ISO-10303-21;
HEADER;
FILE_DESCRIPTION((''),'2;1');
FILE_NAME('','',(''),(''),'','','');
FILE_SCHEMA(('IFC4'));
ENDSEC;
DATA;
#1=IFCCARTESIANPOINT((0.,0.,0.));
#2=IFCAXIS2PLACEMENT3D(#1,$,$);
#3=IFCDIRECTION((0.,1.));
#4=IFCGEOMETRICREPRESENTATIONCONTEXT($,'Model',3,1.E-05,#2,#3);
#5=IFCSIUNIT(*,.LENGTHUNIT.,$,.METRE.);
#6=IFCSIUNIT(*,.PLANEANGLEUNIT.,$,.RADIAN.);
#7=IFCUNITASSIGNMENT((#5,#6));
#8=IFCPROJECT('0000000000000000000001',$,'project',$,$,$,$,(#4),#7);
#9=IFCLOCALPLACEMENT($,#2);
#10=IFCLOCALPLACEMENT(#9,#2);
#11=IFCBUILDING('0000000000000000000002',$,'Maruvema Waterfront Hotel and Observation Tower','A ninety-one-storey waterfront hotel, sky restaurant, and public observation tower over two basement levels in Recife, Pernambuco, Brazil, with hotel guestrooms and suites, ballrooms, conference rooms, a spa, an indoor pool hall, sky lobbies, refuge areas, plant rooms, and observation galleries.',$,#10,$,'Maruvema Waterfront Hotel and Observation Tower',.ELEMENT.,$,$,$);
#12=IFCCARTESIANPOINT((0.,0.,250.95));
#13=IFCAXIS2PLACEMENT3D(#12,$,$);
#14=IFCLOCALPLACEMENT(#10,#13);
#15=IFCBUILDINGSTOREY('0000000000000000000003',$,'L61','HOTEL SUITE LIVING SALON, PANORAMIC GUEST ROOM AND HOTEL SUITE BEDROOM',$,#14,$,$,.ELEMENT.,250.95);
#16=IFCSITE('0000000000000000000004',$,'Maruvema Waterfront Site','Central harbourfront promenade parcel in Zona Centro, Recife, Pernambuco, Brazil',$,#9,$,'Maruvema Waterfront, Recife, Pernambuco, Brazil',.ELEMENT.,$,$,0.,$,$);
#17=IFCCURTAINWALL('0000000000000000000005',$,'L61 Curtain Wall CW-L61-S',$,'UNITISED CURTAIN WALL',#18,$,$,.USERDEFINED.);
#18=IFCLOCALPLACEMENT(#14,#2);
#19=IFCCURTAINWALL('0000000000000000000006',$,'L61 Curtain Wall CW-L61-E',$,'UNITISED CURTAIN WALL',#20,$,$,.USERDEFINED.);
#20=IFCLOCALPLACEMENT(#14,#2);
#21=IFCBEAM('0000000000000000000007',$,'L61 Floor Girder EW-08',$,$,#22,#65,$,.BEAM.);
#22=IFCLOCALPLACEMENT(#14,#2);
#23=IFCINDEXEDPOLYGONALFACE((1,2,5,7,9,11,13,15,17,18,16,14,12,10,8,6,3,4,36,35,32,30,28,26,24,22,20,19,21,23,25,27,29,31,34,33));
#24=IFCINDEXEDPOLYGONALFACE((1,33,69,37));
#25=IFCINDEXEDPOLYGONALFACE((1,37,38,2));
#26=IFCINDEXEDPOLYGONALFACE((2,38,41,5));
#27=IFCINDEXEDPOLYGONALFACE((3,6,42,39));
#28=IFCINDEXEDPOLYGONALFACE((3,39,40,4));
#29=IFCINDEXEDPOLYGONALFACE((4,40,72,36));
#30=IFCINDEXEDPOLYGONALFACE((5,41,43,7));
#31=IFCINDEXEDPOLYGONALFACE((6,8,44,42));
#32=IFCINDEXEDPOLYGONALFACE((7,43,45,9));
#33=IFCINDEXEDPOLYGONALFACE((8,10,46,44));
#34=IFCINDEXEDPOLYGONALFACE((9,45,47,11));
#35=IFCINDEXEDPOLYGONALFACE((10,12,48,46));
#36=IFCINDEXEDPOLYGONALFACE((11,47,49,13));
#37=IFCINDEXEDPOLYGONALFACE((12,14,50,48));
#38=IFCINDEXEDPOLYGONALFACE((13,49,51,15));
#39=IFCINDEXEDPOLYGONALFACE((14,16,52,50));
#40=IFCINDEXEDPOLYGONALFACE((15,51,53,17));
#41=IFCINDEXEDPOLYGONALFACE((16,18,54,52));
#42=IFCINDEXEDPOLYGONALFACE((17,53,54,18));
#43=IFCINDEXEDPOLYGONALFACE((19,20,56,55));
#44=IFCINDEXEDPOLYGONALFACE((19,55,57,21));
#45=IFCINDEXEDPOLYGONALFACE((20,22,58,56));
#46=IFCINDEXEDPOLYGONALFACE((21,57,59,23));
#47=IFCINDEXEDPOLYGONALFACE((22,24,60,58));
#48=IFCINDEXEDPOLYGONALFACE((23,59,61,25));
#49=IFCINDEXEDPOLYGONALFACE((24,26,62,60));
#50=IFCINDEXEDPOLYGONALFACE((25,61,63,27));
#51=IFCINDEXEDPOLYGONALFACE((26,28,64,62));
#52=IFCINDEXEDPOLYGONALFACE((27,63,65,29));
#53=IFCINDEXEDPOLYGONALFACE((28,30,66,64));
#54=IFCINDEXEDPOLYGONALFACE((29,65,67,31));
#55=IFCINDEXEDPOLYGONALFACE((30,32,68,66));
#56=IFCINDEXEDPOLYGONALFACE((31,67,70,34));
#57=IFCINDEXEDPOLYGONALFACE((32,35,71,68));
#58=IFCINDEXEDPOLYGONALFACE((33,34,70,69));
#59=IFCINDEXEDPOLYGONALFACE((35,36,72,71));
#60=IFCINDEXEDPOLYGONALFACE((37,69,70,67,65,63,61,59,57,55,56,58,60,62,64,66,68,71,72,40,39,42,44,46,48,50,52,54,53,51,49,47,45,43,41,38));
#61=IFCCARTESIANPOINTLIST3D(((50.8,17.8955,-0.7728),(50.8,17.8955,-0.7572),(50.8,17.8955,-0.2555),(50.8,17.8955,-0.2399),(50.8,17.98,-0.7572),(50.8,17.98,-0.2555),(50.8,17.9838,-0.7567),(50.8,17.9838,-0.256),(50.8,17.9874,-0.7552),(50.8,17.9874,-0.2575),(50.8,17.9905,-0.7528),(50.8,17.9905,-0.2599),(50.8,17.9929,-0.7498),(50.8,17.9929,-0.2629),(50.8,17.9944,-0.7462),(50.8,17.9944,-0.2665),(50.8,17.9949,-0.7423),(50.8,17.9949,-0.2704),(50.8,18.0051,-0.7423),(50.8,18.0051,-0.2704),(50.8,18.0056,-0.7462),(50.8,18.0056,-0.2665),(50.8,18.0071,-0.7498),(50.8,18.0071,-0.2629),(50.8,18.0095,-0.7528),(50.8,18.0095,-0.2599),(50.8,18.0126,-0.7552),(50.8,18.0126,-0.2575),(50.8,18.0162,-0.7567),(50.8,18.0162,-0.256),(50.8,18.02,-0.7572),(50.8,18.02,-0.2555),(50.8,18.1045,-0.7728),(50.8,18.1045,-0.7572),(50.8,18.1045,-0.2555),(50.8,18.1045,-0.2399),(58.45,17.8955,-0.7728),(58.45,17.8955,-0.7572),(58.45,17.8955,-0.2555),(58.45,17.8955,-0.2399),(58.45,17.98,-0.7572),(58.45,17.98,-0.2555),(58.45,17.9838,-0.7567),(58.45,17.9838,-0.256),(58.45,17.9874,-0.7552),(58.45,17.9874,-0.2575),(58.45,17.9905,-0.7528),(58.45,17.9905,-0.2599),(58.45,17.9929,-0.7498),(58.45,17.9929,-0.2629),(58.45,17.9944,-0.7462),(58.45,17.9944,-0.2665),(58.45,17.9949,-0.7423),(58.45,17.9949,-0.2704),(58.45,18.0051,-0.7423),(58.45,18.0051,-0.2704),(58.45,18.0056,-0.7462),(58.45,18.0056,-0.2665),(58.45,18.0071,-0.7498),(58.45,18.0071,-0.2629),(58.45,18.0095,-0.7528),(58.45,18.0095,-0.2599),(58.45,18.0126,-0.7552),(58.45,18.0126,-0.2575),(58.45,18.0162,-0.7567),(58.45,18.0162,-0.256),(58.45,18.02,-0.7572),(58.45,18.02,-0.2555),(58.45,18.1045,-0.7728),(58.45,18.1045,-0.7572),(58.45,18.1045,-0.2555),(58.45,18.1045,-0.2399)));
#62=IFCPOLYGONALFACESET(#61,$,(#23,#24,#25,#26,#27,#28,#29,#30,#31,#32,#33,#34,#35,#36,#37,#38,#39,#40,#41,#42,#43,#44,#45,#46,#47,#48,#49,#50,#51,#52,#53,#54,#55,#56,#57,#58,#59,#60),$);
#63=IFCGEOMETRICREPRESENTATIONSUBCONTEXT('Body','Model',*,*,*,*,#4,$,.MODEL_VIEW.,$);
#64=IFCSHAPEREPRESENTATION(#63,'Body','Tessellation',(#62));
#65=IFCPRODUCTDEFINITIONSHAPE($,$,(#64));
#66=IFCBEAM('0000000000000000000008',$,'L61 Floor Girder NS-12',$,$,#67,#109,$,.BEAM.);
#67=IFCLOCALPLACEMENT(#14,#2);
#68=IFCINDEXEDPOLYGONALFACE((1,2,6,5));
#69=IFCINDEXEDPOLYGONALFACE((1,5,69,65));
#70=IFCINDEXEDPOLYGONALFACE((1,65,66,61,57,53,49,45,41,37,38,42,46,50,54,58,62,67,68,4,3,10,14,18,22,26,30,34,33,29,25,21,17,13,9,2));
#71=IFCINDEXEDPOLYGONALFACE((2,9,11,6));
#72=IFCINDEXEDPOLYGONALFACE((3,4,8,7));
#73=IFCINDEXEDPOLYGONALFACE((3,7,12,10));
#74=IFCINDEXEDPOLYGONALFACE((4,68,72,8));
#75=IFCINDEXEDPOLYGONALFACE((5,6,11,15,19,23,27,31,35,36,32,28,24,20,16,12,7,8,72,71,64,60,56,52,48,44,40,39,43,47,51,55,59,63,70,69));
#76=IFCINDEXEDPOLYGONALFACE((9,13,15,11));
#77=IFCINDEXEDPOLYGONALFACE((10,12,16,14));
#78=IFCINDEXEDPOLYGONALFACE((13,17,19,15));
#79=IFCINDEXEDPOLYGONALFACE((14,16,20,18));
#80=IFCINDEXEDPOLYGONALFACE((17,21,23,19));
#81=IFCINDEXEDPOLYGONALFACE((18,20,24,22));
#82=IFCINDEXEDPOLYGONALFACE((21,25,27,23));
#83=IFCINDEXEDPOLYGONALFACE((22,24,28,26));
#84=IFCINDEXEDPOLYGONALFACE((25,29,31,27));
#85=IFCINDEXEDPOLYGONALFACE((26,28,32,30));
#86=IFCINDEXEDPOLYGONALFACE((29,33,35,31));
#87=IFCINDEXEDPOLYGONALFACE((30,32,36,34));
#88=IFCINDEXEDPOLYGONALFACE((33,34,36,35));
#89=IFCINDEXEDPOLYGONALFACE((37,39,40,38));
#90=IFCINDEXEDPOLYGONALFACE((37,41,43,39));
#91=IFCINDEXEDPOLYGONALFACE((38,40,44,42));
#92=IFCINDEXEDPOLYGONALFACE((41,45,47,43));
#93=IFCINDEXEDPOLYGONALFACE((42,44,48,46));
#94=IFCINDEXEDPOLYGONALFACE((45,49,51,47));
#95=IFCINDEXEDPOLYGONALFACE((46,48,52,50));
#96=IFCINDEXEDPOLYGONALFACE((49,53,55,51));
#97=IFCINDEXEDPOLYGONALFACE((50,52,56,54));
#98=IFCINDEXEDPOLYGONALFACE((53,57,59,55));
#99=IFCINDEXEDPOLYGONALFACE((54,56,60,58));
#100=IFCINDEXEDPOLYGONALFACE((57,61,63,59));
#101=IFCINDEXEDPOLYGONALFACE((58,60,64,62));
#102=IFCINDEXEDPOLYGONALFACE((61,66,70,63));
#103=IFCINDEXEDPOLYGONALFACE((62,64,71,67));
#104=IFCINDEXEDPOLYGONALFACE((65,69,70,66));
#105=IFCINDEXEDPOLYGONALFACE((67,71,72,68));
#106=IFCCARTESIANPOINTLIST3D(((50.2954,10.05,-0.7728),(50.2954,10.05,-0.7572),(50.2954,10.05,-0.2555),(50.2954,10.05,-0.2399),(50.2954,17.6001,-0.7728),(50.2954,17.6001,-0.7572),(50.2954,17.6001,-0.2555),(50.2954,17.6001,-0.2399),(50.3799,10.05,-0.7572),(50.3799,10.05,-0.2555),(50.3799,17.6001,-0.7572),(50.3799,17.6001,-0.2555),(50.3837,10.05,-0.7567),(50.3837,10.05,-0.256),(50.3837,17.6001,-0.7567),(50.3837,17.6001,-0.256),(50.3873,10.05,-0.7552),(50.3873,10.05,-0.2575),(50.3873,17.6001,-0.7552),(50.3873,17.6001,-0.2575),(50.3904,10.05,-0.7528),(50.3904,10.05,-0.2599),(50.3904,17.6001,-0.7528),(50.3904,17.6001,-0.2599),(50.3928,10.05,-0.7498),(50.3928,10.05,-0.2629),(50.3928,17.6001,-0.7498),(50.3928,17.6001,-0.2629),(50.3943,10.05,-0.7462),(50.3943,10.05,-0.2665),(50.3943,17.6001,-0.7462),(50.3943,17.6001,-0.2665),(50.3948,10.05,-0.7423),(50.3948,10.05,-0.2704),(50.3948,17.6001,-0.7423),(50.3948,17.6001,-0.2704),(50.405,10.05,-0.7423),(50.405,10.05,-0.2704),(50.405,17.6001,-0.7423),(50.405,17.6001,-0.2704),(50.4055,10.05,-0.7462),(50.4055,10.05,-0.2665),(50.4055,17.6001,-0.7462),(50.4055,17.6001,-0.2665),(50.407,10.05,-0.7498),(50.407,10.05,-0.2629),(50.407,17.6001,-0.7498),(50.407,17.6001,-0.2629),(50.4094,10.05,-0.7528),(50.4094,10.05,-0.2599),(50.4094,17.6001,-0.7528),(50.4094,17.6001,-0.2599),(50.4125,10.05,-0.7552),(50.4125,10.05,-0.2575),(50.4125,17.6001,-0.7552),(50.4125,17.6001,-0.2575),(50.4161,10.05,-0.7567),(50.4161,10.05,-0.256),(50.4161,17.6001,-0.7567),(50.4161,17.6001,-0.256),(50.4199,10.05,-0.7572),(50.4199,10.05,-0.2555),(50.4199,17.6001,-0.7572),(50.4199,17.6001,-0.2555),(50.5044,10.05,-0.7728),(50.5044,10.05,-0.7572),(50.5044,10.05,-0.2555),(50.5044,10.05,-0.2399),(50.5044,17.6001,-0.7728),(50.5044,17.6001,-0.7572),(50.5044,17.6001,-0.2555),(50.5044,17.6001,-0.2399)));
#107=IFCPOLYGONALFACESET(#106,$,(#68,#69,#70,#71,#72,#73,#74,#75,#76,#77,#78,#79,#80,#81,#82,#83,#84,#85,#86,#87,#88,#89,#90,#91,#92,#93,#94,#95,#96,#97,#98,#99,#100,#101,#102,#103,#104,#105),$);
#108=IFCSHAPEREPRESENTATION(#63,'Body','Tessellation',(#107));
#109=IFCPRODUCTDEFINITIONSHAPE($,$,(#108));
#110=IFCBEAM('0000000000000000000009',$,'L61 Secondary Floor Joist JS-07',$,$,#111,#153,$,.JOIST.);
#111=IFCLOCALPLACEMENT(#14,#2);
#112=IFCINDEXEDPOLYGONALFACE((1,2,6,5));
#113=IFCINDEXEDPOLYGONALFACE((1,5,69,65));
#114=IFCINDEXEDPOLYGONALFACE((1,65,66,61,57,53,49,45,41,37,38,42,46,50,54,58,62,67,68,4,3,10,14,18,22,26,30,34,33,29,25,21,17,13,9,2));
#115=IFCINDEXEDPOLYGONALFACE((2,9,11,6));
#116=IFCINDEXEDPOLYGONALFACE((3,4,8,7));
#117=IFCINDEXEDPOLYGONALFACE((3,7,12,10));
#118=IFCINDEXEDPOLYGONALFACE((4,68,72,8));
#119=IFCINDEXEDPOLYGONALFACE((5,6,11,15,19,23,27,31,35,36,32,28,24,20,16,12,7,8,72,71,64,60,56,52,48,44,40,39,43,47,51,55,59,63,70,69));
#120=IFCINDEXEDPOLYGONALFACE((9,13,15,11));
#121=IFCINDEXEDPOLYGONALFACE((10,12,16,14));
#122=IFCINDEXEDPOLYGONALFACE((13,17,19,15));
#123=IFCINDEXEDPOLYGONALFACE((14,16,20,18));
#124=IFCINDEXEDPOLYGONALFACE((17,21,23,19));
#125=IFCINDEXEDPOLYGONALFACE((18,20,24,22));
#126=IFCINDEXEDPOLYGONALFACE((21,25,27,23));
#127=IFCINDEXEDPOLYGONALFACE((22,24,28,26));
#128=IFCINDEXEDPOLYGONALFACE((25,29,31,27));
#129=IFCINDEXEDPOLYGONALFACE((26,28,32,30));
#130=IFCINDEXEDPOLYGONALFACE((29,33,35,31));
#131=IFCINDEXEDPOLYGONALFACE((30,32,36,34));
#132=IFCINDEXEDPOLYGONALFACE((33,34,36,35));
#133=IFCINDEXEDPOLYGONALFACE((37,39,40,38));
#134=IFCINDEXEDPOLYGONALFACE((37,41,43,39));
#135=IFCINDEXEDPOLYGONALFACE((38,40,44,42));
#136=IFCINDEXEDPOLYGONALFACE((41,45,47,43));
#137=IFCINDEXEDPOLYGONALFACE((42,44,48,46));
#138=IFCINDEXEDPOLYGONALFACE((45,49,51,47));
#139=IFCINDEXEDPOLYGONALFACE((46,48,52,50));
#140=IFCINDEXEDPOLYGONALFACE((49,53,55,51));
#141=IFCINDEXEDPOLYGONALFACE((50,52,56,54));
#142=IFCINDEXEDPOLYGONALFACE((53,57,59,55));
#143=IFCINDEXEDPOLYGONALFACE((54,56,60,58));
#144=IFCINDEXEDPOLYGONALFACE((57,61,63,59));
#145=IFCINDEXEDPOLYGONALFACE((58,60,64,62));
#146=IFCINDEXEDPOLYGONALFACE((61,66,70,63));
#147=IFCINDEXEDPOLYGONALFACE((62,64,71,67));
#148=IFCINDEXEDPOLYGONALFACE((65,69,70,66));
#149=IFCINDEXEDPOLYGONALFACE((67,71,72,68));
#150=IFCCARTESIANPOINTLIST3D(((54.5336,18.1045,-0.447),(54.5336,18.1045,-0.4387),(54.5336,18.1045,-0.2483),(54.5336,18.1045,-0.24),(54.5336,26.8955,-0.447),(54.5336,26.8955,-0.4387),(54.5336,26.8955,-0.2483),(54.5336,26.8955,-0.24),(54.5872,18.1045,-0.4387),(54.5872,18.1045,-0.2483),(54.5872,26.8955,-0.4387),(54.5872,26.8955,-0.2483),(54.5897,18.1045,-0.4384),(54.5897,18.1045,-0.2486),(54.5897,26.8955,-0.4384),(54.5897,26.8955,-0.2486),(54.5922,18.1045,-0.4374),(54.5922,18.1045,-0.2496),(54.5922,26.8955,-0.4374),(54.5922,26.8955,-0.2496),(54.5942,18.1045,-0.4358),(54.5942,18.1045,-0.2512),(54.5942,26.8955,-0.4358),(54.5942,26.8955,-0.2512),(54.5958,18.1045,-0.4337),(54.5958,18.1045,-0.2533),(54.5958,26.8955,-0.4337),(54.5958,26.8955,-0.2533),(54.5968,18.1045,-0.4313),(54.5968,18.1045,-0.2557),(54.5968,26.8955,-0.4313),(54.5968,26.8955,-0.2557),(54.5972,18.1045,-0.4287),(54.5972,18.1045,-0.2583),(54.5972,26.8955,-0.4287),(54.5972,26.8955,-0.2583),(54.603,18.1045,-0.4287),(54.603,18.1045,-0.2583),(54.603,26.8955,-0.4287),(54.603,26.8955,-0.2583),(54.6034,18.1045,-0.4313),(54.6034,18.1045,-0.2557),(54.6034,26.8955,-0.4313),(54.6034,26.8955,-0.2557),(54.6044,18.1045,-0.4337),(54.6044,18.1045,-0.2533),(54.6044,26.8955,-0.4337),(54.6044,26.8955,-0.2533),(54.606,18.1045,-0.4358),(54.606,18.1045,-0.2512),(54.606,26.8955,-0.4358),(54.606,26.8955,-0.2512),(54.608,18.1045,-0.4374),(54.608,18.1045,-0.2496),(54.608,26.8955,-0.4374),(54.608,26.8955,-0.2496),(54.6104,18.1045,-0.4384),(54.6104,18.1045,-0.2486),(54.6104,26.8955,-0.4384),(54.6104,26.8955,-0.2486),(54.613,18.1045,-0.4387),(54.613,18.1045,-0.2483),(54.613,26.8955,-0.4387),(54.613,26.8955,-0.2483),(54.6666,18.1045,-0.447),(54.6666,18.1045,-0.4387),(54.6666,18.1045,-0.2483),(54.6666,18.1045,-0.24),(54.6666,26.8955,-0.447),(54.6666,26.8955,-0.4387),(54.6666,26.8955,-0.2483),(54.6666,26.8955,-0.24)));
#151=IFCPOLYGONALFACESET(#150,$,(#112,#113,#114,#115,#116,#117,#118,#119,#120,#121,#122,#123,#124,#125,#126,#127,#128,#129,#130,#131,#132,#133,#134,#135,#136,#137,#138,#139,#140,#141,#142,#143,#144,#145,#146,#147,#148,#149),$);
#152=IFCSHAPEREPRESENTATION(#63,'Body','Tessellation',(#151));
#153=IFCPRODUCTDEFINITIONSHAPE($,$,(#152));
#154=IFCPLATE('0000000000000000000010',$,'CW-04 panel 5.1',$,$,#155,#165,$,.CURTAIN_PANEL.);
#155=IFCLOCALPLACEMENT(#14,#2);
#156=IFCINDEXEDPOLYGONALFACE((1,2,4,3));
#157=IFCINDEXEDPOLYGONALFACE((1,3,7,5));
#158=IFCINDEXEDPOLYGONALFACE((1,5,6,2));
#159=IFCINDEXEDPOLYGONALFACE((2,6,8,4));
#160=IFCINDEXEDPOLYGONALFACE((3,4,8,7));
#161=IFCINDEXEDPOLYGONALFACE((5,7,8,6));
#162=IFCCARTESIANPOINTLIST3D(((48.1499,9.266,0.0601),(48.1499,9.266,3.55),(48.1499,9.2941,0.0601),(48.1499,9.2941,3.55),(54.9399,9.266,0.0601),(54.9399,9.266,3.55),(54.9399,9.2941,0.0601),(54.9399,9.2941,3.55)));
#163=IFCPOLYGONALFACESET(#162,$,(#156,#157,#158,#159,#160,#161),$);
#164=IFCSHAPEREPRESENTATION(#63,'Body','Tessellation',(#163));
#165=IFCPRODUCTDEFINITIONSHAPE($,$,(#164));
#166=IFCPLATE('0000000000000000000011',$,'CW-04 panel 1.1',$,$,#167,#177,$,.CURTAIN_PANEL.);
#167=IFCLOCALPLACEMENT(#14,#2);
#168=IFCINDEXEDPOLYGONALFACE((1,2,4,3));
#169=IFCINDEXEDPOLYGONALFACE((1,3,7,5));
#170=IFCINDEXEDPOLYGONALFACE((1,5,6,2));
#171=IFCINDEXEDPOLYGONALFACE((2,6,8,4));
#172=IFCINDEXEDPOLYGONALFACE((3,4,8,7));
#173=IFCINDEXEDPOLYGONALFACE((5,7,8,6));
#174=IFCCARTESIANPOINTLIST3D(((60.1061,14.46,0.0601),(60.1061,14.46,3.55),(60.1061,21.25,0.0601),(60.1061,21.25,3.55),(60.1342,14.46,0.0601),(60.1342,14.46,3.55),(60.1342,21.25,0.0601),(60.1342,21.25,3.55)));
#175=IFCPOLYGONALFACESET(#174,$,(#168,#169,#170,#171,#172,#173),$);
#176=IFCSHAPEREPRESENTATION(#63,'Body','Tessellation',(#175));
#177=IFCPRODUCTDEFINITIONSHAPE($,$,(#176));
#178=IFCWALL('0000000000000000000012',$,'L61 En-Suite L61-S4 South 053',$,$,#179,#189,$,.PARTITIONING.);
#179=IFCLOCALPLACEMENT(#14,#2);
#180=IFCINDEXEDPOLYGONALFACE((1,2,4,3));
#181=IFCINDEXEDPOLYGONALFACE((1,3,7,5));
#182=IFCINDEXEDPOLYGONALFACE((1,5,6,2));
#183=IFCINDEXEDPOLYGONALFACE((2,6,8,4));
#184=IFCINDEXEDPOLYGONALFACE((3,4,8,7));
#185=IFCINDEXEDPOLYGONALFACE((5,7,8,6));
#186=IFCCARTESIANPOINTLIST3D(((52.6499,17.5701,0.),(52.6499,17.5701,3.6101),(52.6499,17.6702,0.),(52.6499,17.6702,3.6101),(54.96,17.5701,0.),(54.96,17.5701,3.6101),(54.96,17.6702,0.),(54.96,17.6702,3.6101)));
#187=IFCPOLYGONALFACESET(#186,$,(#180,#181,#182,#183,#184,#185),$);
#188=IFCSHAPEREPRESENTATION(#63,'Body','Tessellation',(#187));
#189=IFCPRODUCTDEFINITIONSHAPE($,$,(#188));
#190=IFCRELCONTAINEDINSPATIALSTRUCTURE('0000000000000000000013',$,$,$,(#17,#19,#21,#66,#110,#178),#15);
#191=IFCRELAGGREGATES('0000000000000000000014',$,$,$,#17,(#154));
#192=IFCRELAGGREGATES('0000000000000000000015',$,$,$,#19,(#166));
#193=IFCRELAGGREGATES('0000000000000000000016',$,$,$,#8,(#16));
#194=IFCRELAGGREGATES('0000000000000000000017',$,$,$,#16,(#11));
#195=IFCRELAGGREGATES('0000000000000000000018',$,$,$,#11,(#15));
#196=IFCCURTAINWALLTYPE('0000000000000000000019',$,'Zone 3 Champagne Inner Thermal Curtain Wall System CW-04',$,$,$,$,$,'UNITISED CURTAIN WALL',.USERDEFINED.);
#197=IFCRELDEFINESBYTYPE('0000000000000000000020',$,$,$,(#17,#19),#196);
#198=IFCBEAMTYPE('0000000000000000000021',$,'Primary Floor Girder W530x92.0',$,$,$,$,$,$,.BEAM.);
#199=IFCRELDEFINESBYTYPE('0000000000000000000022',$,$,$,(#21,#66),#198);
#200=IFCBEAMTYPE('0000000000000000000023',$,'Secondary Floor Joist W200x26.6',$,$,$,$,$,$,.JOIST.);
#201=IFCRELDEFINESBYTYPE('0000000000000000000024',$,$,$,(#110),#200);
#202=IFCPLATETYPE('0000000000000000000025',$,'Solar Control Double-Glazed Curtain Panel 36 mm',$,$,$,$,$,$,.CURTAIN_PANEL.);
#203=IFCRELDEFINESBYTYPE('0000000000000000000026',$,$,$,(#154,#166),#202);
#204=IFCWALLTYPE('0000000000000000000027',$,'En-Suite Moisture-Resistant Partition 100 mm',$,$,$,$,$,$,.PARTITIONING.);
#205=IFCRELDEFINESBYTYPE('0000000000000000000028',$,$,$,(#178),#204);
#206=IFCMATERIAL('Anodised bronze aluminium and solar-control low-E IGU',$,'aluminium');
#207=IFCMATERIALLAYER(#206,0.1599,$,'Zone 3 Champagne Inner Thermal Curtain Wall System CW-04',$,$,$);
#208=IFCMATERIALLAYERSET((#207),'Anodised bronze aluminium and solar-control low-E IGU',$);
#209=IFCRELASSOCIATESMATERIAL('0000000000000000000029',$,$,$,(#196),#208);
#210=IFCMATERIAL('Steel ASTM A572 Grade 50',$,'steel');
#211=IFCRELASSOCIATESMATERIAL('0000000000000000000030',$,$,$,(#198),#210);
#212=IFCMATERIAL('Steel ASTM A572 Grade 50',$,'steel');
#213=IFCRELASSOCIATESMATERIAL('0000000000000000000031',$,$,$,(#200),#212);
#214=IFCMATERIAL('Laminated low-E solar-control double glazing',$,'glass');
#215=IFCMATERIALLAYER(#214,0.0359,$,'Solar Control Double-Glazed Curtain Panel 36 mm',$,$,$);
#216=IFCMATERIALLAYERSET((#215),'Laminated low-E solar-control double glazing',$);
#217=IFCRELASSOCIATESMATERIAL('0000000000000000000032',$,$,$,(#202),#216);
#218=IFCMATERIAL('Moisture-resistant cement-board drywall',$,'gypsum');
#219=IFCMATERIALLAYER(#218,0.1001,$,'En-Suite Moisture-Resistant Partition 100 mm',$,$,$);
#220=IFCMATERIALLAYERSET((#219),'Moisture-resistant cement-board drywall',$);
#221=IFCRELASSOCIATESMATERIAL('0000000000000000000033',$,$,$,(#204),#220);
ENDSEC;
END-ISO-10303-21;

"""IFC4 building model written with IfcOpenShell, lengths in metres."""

from ifc_helpers import new_model, si_unit, direction, frame, frame_2d, origin, origin_2d, place, context, subcontext, project, spatial, rectangle, i_section, extrude, material, layer, layer_set, material_profile, profile_set, type_object, element, aggregate, save


model = new_model("IFC4")

# Units and contexts
model_context = context("Model", 3, precision=1e-05, world=origin(), true_north=direction((0.0, 1.0)))
body_context = subcontext(model_context, "Body", "Model", "MODEL_VIEW")
ifc_project = project(units=[si_unit("LENGTHUNIT", "METRE"), si_unit("PLANEANGLEUNIT", "RADIAN")], contexts=[model_context])

# Site, building, storey
site_placement = place(None, origin())
site = spatial("IfcSite", under=ifc_project, at=site_placement, Name="Maruvema Waterfront Site", Description="Central harbourfront promenade parcel in Zona Centro, Recife, Pernambuco, Brazil", LongName="Maruvema Waterfront, Recife, Pernambuco, Brazil", CompositionType="ELEMENT", RefElevation=0.0)
building_placement = place(site_placement, origin())
building = spatial("IfcBuilding", under=site, at=building_placement, Name="Maruvema Waterfront Hotel and Observation Tower", Description="A ninety-one-storey waterfront hotel, sky restaurant, and public observation tower over two basement levels in Recife, Pernambuco, Brazil, with hotel guestrooms and suites, ballrooms, conference rooms, a spa, an indoor pool hall, sky lobbies, refuge areas, plant rooms, and observation galleries.", LongName="Maruvema Waterfront Hotel and Observation Tower", CompositionType="ELEMENT")
storey_placement = place(building_placement, frame((0.0, 0.0, 250.95)))
storey = spatial("IfcBuildingStorey", under=building, at=storey_placement, Name="L61", Description="HOTEL SUITE LIVING SALON, PANORAMIC GUEST ROOM AND HOTEL SUITE BEDROOM", CompositionType="ELEMENT", Elevation=250.95)

# Curtain walls
ifc_material_1 = material(Name="Anodised bronze aluminium and solar-control low-E IGU", Category="aluminium")
ifc_layer_1 = layer(ifc_material_1, 0.1599, Name="Zone 3 Champagne Inner Thermal Curtain Wall System CW-04")
ifc_layer_set_1 = layer_set([ifc_layer_1], Name="Anodised bronze aluminium and solar-control low-E IGU")
curtain_wall_type = type_object("IfcCurtainWallType", Name="Zone 3 Champagne Inner Thermal Curtain Wall System CW-04", ElementType="UNITISED CURTAIN WALL", PredefinedType="USERDEFINED", material=ifc_layer_set_1)
curtain_wall_1_placement = place(storey_placement, origin())
curtain_wall_1 = element("IfcCurtainWall", 1, at=curtain_wall_1_placement, inside=storey, type_object=curtain_wall_type, Name="L61 Curtain Wall CW-L61-S", ObjectType="UNITISED CURTAIN WALL", PredefinedType="USERDEFINED")
curtain_wall_2_placement = place(storey_placement, origin())
curtain_wall_2 = element("IfcCurtainWall", 2, at=curtain_wall_2_placement, inside=storey, type_object=curtain_wall_type, Name="L61 Curtain Wall CW-L61-E", ObjectType="UNITISED CURTAIN WALL", PredefinedType="USERDEFINED")

# Beams
ifc_material_2 = material(Name="Steel ASTM A572 Grade 50", Category="steel")
ifc_material_profile_1 = material_profile(ifc_material_2, i_section(OverallWidth=0.209, OverallDepth=0.533, WebThickness=0.0103, FlangeThickness=0.0156, FilletRadius=0.0149, at=origin_2d()), Name="W530x92.0")
ifc_profile_set_1 = profile_set([ifc_material_profile_1], Name="Steel ASTM A572 Grade 50")
beam_type_1 = type_object("IfcBeamType", Name="Primary Floor Girder W530x92.0", PredefinedType="BEAM", material=ifc_profile_set_1)
beam_1_placement = place(storey_placement, frame((50.8, 18.0, -0.5063), z_axis=(1.0, 0.0, 0.0), x_axis=(0.0, 1.0, 0.0)))
element("IfcBeam", 3, at=beam_1_placement, inside=storey, type_object=beam_type_1, Name="L61 Floor Girder EW-08", PredefinedType="BEAM", context=body_context, shape_type="SweptSolid", body=[
    extrude(i_section(OverallWidth=0.209, OverallDepth=0.533, WebThickness=0.0103, FlangeThickness=0.0156, FilletRadius=0.0149, at=origin_2d()), origin(), (0.0, 0.0, 1.0), 7.6499),
])
beam_2_placement = place(storey_placement, frame((50.3999, 10.05, -0.5063), z_axis=(0.0, 1.0, 0.0), x_axis=(-1.0, 0.0, 0.0)))
element("IfcBeam", 4, at=beam_2_placement, inside=storey, type_object=beam_type_1, Name="L61 Floor Girder NS-12", PredefinedType="BEAM", context=body_context, shape_type="SweptSolid", body=[
    extrude(i_section(OverallWidth=0.209, OverallDepth=0.533, WebThickness=0.0103, FlangeThickness=0.0156, FilletRadius=0.0149, at=origin_2d()), origin(), (0.0, 0.0, 1.0), 7.55),
])
ifc_material_3 = material(Name="Steel ASTM A572 Grade 50", Category="steel")
ifc_material_profile_2 = material_profile(ifc_material_3, i_section(OverallWidth=0.1331, OverallDepth=0.207, WebThickness=0.0059, FlangeThickness=0.0083, FilletRadius=0.01, at=origin_2d()), Name="W200x26.6")
ifc_profile_set_2 = profile_set([ifc_material_profile_2], Name="Steel ASTM A572 Grade 50")
beam_type_2 = type_object("IfcBeamType", Name="Secondary Floor Joist W200x26.6", PredefinedType="JOIST", material=ifc_profile_set_2)
beam_3_placement = place(storey_placement, frame((54.6001, 18.1045, -0.3435), z_axis=(0.0, 1.0, 0.0), x_axis=(-1.0, 0.0, 0.0)))
element("IfcBeam", 5, at=beam_3_placement, inside=storey, type_object=beam_type_2, Name="L61 Secondary Floor Joist JS-07", PredefinedType="JOIST", context=body_context, shape_type="SweptSolid", body=[
    extrude(i_section(OverallWidth=0.1331, OverallDepth=0.207, WebThickness=0.0059, FlangeThickness=0.0083, FilletRadius=0.01, at=origin_2d()), origin(), (0.0, 0.0, 1.0), 8.791),
])

# Plates
ifc_material_4 = material(Name="Laminated low-E solar-control double glazing", Category="glass")
ifc_layer_2 = layer(ifc_material_4, 0.0359, Name="Solar Control Double-Glazed Curtain Panel 36 mm")
ifc_layer_set_2 = layer_set([ifc_layer_2], Name="Laminated low-E solar-control double glazing")
plate_type = type_object("IfcPlateType", Name="Solar Control Double-Glazed Curtain Panel 36 mm", PredefinedType="CURTAIN_PANEL", material=ifc_layer_set_2)
plate_1_placement = place(storey_placement, frame((51.5449, 9.28, 0.0601), z_axis=(0.0, 0.0, 1.0), x_axis=(1.0, 0.0, 0.0)))
plate_1 = element("IfcPlate", 6, at=plate_1_placement, type_object=plate_type, Name="CW-04 panel 5.1", PredefinedType="CURTAIN_PANEL", context=body_context, shape_type="SweptSolid", body=[
    extrude(rectangle(XDim=6.79, YDim=0.0281, at=origin_2d()), origin(), (0.0, 0.0, 1.0), 3.49),
])
aggregate(curtain_wall_1, [plate_1])
plate_2_placement = place(storey_placement, frame((60.1201, 17.855, 0.0601), z_axis=(0.0, 0.0, 1.0), x_axis=(0.0, 1.0, 0.0)))
plate_2 = element("IfcPlate", 7, at=plate_2_placement, type_object=plate_type, Name="CW-04 panel 1.1", PredefinedType="CURTAIN_PANEL", context=body_context, shape_type="SweptSolid", body=[
    extrude(rectangle(XDim=6.79, YDim=0.0281, at=origin_2d()), origin(), (0.0, 0.0, 1.0), 3.49),
])
aggregate(curtain_wall_2, [plate_2])

# Wall
ifc_material_5 = material(Name="Moisture-resistant cement-board drywall", Category="gypsum")
ifc_layer_3 = layer(ifc_material_5, 0.1001, Name="En-Suite Moisture-Resistant Partition 100 mm")
ifc_layer_set_3 = layer_set([ifc_layer_3], Name="Moisture-resistant cement-board drywall")
wall_type_1 = type_object("IfcWallType", Name="En-Suite Moisture-Resistant Partition 100 mm", PredefinedType="PARTITIONING", material=ifc_layer_set_3)
wall_1_placement = place(storey_placement, frame((52.6499, 17.6201, 0.0), z_axis=(0.0, 0.0, 1.0), x_axis=(1.0, 0.0, 0.0)))
element("IfcWall", 8, at=wall_1_placement, inside=storey, type_object=wall_type_1, Name="L61 En-Suite L61-S4 South 053", PredefinedType="PARTITIONING", context=body_context, shape_type="SweptSolid", body=[
    extrude(rectangle(XDim=2.3101, YDim=0.1001, at=frame_2d((1.155, 0.0))), origin(), (0.0, 0.0, 1.0), 3.6101),
])

save(model, "model.ifc")
